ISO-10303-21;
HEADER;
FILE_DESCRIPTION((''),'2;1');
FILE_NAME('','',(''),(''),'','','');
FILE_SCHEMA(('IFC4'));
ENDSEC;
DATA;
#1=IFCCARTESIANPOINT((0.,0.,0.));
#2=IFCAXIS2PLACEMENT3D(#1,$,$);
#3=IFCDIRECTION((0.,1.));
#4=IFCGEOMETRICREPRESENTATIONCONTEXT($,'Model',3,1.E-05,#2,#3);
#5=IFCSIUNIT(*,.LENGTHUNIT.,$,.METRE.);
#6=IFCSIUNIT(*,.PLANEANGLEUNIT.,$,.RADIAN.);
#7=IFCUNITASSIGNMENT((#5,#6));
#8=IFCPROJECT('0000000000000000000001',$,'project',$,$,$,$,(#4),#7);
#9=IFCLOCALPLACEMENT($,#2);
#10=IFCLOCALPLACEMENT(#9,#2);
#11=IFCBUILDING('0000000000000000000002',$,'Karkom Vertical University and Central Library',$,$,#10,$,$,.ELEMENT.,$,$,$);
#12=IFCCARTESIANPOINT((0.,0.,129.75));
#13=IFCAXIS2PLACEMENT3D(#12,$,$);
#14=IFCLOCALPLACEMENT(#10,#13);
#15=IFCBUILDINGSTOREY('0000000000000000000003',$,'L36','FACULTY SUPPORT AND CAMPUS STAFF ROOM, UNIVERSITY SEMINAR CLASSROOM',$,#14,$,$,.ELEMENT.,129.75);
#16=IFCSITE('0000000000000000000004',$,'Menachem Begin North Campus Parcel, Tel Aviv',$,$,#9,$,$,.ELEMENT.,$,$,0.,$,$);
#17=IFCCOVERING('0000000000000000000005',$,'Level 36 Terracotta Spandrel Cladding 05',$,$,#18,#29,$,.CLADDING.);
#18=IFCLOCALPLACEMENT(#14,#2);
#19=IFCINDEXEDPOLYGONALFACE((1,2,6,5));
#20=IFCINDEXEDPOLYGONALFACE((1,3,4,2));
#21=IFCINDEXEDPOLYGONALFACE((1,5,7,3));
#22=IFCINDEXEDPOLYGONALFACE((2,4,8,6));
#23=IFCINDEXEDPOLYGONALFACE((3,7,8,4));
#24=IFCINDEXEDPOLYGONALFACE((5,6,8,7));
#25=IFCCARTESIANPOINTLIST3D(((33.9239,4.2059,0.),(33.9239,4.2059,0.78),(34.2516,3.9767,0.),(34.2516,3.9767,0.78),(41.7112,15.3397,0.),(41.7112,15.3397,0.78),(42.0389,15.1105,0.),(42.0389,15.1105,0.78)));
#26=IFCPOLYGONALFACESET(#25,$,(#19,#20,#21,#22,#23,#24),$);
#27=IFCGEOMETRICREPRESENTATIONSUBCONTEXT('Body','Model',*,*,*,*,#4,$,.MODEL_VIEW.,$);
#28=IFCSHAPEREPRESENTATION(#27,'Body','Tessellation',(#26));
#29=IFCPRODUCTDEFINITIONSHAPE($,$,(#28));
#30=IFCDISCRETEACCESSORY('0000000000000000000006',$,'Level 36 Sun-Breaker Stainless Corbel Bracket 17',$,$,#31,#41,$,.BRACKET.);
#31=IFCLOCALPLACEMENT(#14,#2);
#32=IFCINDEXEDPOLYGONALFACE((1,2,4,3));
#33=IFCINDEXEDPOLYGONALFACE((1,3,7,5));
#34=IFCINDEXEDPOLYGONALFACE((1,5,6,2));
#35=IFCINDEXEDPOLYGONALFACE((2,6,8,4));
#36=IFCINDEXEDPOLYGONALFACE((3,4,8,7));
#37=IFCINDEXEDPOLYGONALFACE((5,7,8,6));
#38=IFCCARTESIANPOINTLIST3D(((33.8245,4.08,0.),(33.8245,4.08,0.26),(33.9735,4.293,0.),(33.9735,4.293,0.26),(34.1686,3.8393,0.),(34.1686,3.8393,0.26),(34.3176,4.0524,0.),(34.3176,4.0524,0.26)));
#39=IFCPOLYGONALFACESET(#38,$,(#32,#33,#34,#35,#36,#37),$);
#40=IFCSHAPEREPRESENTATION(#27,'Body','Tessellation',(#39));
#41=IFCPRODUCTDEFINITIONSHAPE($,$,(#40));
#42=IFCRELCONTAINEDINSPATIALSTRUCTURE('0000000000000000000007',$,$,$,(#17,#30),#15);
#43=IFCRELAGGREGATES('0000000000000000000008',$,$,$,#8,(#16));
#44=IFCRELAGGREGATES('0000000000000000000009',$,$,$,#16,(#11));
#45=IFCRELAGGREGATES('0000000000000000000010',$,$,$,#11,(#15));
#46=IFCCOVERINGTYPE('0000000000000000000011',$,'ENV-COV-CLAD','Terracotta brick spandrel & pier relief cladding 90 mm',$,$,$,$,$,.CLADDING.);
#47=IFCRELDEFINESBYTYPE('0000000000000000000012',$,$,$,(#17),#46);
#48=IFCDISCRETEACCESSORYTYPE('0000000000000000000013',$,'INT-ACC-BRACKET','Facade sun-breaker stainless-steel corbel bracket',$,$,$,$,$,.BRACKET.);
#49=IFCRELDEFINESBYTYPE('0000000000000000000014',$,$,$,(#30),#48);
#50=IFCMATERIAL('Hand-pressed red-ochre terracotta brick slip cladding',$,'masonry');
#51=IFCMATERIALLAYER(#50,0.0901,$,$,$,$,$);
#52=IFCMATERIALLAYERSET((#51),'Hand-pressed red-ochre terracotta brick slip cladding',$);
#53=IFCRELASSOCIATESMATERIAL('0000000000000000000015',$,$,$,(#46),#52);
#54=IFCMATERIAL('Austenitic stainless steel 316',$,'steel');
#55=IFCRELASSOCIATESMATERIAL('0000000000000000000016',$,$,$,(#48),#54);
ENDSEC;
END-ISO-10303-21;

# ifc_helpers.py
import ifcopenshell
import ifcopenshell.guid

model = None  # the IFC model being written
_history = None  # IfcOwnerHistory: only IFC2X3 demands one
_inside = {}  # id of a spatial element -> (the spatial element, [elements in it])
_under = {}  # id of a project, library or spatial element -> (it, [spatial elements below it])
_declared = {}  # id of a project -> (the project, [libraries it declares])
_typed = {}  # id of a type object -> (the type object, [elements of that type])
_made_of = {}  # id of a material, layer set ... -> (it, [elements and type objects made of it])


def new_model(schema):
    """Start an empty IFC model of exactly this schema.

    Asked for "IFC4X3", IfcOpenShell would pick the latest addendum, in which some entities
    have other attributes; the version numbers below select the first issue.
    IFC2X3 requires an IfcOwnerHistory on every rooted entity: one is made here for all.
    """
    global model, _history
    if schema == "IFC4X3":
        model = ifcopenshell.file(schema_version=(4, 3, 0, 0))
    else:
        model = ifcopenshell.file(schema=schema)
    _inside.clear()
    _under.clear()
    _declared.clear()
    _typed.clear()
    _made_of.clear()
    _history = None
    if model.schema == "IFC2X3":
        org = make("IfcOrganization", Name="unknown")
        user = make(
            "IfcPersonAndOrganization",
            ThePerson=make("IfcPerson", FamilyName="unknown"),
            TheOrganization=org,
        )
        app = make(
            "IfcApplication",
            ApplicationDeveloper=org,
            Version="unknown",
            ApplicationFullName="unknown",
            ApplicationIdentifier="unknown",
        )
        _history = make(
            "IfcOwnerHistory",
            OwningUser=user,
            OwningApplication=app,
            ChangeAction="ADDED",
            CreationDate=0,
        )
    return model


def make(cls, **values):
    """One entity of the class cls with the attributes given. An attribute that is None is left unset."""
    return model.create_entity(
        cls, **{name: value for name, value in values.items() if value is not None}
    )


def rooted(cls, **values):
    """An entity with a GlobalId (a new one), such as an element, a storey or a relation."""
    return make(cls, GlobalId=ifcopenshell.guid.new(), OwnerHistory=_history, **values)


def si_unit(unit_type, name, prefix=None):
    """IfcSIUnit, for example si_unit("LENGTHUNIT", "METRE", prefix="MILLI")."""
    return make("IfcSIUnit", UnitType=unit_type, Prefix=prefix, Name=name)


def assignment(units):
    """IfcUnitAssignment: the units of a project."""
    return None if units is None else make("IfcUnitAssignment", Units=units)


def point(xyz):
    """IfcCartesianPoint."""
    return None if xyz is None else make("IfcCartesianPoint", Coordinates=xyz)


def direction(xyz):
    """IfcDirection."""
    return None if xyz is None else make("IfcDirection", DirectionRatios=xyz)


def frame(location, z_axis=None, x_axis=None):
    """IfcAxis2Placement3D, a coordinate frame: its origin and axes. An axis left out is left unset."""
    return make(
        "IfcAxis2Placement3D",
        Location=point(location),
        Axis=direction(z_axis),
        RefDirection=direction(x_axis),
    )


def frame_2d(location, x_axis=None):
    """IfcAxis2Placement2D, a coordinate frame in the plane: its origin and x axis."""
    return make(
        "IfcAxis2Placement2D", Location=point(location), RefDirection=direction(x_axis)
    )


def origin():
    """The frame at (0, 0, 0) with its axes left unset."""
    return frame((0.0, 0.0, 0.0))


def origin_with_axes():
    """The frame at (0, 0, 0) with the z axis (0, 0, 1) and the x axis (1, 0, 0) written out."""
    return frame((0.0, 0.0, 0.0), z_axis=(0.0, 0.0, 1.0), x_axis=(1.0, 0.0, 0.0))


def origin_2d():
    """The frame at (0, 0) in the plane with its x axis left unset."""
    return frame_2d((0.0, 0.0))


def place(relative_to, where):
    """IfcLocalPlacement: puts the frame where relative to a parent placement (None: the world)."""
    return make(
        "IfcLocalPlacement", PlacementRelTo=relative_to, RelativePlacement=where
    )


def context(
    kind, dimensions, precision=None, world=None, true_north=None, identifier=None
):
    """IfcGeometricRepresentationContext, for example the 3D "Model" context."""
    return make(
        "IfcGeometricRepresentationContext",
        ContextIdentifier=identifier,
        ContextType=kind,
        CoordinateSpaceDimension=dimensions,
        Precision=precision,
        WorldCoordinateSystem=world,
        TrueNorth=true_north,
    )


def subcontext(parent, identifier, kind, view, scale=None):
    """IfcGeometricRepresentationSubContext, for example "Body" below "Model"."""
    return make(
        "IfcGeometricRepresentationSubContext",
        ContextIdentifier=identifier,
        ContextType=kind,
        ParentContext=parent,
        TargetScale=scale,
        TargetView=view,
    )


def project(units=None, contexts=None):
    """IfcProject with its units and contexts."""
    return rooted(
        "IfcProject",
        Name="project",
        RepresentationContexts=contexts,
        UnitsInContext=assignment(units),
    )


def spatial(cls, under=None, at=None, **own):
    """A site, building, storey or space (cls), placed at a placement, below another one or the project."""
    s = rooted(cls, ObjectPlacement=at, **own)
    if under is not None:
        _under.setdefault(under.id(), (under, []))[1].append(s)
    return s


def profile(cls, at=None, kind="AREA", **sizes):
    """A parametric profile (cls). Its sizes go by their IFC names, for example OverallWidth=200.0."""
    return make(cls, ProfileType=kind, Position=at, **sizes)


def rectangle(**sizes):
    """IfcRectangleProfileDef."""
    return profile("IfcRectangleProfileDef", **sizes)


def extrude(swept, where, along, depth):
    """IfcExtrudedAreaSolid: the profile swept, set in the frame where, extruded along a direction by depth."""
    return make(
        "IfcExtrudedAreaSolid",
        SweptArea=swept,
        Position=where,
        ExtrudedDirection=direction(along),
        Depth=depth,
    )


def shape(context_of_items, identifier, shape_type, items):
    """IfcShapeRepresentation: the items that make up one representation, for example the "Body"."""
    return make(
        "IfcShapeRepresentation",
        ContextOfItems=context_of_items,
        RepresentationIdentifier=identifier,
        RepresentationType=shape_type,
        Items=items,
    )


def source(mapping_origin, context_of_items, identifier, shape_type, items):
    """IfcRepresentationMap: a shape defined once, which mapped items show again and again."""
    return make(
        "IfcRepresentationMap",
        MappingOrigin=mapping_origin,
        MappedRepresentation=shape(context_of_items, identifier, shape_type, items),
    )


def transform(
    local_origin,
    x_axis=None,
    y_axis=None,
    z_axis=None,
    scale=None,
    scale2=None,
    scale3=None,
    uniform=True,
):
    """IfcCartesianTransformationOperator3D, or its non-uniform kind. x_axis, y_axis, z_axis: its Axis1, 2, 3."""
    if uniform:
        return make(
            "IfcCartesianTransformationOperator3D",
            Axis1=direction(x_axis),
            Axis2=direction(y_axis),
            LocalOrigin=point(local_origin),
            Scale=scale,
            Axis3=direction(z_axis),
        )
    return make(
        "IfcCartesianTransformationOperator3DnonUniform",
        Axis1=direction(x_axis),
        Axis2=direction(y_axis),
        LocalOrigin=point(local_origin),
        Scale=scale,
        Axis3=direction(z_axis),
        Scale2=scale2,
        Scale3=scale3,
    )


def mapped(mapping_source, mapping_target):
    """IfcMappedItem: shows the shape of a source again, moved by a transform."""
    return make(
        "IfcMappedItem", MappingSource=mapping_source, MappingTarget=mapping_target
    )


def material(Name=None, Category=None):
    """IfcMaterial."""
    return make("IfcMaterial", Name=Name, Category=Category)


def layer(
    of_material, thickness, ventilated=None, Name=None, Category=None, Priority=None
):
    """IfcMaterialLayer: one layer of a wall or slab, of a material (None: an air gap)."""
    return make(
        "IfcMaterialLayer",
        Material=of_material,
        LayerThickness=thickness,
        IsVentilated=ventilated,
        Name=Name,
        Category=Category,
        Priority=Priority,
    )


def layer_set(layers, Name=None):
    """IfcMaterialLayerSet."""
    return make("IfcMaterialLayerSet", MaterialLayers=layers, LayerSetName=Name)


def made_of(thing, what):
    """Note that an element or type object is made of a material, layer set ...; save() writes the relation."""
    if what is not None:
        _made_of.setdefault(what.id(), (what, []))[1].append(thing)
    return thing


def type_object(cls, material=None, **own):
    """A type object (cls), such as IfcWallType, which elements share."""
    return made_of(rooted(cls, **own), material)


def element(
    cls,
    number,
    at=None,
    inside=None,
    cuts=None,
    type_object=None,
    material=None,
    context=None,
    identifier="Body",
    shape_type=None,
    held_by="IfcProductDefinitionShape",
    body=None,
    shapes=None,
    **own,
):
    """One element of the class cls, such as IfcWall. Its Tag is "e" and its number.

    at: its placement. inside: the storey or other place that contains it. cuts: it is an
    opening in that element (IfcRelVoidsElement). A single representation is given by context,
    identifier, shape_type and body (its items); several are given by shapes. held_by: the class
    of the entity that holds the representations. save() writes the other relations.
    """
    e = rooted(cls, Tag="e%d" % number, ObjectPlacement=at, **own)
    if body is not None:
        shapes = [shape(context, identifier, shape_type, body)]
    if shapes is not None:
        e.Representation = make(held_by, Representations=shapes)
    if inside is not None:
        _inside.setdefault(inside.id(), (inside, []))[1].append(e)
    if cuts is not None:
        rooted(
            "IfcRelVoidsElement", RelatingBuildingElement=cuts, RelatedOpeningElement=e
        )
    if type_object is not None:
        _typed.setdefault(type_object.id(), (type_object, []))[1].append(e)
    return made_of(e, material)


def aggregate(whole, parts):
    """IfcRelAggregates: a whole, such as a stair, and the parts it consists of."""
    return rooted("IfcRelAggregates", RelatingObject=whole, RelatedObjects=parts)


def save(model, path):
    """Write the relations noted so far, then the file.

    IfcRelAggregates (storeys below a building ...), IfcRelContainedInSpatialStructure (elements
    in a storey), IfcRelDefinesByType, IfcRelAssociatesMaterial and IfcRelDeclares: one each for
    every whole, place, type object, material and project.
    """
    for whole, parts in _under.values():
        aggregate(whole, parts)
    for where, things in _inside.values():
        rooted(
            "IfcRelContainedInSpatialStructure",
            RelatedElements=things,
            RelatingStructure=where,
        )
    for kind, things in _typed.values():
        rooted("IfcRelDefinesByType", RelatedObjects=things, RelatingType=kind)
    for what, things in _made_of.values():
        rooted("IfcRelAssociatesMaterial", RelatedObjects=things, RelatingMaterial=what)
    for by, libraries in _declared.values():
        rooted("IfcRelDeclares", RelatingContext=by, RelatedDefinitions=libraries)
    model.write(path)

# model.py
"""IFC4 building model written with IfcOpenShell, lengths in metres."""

from ifc_helpers import new_model, si_unit, direction, frame, origin, origin_with_axes, origin_2d, place, context, subcontext, project, spatial, rectangle, extrude, source, transform, mapped, material, layer, layer_set, type_object, element, save


model = new_model("IFC4")

# Units and contexts
model_context = context("Model", 3, precision=1e-05, world=origin(), true_north=direction((0.0, 1.0)))
body_context = subcontext(model_context, "Body", "Model", "MODEL_VIEW")
ifc_project = project(units=[si_unit("LENGTHUNIT", "METRE"), si_unit("PLANEANGLEUNIT", "RADIAN")], contexts=[model_context])

# Site, building, storey
site_placement = place(None, origin())
site = spatial("IfcSite", under=ifc_project, at=site_placement, Name="Menachem Begin North Campus Parcel, Tel Aviv", CompositionType="ELEMENT", RefElevation=0.0)
building_placement = place(site_placement, origin())
building = spatial("IfcBuilding", under=site, at=building_placement, Name="Karkom Vertical University and Central Library", CompositionType="ELEMENT")
storey_placement = place(building_placement, frame((0.0, 0.0, 129.75)))
storey = spatial("IfcBuildingStorey", under=building, at=storey_placement, Name="L36", Description="FACULTY SUPPORT AND CAMPUS STAFF ROOM, UNIVERSITY SEMINAR CLASSROOM", CompositionType="ELEMENT", Elevation=129.75)

# Covering
ifc_material_1 = material(Name="Hand-pressed red-ochre terracotta brick slip cladding", Category="masonry")
ifc_layer_1 = layer(ifc_material_1, 0.0901)
ifc_layer_set_1 = layer_set([ifc_layer_1], Name="Hand-pressed red-ochre terracotta brick slip cladding")
covering_type = type_object("IfcCoveringType", Name="ENV-COV-CLAD", Description="Terracotta brick spandrel & pier relief cladding 90 mm", PredefinedType="CLADDING", material=ifc_layer_set_1)
shared_shape_1 = source(origin_with_axes(), body_context, "Body", "SweptSolid", [
    extrude(rectangle(XDim=13.5869, YDim=0.3999, at=origin_2d()), origin(), (0.0, 0.0, 1.0), 0.78),
])
covering_placement = place(storey_placement, frame((37.9814, 9.6582, 0.0), z_axis=(0.0, 0.0, 1.0), x_axis=(0.573147, 0.819452, 0.0)))
element("IfcCovering", 1, at=covering_placement, inside=storey, type_object=covering_type, Name="Level 36 Terracotta Spandrel Cladding 05", PredefinedType="CLADDING", context=body_context, shape_type="MappedRepresentation", body=[
    mapped(shared_shape_1, transform((0.0, 0.0, 0.0), scale=1.0)),
])

# Discrete accessory
ifc_material_2 = material(Name="Austenitic stainless steel 316", Category="steel")
discrete_accessory_type = type_object("IfcDiscreteAccessoryType", Name="INT-ACC-BRACKET", Description="Facade sun-breaker stainless-steel corbel bracket", PredefinedType="BRACKET", material=ifc_material_2)
shared_shape_2 = source(origin_with_axes(), body_context, "Body", "SweptSolid", [
    extrude(rectangle(XDim=0.26, YDim=0.4199, at=origin_2d()), origin(), (0.0, 0.0, 1.0), 0.26),
])
discrete_accessory_placement = place(storey_placement, frame((34.071, 4.0662, 0.0), z_axis=(0.0, 0.0, 1.0), x_axis=(0.573147, 0.819452, 0.0)))
element("IfcDiscreteAccessory", 2, at=discrete_accessory_placement, inside=storey, type_object=discrete_accessory_type, Name="Level 36 Sun-Breaker Stainless Corbel Bracket 17", PredefinedType="BRACKET", context=body_context, shape_type="MappedRepresentation", body=[
    mapped(shared_shape_2, transform((0.0, 0.0, 0.0), scale=1.0)),
])

save(model, "model.ifc")
